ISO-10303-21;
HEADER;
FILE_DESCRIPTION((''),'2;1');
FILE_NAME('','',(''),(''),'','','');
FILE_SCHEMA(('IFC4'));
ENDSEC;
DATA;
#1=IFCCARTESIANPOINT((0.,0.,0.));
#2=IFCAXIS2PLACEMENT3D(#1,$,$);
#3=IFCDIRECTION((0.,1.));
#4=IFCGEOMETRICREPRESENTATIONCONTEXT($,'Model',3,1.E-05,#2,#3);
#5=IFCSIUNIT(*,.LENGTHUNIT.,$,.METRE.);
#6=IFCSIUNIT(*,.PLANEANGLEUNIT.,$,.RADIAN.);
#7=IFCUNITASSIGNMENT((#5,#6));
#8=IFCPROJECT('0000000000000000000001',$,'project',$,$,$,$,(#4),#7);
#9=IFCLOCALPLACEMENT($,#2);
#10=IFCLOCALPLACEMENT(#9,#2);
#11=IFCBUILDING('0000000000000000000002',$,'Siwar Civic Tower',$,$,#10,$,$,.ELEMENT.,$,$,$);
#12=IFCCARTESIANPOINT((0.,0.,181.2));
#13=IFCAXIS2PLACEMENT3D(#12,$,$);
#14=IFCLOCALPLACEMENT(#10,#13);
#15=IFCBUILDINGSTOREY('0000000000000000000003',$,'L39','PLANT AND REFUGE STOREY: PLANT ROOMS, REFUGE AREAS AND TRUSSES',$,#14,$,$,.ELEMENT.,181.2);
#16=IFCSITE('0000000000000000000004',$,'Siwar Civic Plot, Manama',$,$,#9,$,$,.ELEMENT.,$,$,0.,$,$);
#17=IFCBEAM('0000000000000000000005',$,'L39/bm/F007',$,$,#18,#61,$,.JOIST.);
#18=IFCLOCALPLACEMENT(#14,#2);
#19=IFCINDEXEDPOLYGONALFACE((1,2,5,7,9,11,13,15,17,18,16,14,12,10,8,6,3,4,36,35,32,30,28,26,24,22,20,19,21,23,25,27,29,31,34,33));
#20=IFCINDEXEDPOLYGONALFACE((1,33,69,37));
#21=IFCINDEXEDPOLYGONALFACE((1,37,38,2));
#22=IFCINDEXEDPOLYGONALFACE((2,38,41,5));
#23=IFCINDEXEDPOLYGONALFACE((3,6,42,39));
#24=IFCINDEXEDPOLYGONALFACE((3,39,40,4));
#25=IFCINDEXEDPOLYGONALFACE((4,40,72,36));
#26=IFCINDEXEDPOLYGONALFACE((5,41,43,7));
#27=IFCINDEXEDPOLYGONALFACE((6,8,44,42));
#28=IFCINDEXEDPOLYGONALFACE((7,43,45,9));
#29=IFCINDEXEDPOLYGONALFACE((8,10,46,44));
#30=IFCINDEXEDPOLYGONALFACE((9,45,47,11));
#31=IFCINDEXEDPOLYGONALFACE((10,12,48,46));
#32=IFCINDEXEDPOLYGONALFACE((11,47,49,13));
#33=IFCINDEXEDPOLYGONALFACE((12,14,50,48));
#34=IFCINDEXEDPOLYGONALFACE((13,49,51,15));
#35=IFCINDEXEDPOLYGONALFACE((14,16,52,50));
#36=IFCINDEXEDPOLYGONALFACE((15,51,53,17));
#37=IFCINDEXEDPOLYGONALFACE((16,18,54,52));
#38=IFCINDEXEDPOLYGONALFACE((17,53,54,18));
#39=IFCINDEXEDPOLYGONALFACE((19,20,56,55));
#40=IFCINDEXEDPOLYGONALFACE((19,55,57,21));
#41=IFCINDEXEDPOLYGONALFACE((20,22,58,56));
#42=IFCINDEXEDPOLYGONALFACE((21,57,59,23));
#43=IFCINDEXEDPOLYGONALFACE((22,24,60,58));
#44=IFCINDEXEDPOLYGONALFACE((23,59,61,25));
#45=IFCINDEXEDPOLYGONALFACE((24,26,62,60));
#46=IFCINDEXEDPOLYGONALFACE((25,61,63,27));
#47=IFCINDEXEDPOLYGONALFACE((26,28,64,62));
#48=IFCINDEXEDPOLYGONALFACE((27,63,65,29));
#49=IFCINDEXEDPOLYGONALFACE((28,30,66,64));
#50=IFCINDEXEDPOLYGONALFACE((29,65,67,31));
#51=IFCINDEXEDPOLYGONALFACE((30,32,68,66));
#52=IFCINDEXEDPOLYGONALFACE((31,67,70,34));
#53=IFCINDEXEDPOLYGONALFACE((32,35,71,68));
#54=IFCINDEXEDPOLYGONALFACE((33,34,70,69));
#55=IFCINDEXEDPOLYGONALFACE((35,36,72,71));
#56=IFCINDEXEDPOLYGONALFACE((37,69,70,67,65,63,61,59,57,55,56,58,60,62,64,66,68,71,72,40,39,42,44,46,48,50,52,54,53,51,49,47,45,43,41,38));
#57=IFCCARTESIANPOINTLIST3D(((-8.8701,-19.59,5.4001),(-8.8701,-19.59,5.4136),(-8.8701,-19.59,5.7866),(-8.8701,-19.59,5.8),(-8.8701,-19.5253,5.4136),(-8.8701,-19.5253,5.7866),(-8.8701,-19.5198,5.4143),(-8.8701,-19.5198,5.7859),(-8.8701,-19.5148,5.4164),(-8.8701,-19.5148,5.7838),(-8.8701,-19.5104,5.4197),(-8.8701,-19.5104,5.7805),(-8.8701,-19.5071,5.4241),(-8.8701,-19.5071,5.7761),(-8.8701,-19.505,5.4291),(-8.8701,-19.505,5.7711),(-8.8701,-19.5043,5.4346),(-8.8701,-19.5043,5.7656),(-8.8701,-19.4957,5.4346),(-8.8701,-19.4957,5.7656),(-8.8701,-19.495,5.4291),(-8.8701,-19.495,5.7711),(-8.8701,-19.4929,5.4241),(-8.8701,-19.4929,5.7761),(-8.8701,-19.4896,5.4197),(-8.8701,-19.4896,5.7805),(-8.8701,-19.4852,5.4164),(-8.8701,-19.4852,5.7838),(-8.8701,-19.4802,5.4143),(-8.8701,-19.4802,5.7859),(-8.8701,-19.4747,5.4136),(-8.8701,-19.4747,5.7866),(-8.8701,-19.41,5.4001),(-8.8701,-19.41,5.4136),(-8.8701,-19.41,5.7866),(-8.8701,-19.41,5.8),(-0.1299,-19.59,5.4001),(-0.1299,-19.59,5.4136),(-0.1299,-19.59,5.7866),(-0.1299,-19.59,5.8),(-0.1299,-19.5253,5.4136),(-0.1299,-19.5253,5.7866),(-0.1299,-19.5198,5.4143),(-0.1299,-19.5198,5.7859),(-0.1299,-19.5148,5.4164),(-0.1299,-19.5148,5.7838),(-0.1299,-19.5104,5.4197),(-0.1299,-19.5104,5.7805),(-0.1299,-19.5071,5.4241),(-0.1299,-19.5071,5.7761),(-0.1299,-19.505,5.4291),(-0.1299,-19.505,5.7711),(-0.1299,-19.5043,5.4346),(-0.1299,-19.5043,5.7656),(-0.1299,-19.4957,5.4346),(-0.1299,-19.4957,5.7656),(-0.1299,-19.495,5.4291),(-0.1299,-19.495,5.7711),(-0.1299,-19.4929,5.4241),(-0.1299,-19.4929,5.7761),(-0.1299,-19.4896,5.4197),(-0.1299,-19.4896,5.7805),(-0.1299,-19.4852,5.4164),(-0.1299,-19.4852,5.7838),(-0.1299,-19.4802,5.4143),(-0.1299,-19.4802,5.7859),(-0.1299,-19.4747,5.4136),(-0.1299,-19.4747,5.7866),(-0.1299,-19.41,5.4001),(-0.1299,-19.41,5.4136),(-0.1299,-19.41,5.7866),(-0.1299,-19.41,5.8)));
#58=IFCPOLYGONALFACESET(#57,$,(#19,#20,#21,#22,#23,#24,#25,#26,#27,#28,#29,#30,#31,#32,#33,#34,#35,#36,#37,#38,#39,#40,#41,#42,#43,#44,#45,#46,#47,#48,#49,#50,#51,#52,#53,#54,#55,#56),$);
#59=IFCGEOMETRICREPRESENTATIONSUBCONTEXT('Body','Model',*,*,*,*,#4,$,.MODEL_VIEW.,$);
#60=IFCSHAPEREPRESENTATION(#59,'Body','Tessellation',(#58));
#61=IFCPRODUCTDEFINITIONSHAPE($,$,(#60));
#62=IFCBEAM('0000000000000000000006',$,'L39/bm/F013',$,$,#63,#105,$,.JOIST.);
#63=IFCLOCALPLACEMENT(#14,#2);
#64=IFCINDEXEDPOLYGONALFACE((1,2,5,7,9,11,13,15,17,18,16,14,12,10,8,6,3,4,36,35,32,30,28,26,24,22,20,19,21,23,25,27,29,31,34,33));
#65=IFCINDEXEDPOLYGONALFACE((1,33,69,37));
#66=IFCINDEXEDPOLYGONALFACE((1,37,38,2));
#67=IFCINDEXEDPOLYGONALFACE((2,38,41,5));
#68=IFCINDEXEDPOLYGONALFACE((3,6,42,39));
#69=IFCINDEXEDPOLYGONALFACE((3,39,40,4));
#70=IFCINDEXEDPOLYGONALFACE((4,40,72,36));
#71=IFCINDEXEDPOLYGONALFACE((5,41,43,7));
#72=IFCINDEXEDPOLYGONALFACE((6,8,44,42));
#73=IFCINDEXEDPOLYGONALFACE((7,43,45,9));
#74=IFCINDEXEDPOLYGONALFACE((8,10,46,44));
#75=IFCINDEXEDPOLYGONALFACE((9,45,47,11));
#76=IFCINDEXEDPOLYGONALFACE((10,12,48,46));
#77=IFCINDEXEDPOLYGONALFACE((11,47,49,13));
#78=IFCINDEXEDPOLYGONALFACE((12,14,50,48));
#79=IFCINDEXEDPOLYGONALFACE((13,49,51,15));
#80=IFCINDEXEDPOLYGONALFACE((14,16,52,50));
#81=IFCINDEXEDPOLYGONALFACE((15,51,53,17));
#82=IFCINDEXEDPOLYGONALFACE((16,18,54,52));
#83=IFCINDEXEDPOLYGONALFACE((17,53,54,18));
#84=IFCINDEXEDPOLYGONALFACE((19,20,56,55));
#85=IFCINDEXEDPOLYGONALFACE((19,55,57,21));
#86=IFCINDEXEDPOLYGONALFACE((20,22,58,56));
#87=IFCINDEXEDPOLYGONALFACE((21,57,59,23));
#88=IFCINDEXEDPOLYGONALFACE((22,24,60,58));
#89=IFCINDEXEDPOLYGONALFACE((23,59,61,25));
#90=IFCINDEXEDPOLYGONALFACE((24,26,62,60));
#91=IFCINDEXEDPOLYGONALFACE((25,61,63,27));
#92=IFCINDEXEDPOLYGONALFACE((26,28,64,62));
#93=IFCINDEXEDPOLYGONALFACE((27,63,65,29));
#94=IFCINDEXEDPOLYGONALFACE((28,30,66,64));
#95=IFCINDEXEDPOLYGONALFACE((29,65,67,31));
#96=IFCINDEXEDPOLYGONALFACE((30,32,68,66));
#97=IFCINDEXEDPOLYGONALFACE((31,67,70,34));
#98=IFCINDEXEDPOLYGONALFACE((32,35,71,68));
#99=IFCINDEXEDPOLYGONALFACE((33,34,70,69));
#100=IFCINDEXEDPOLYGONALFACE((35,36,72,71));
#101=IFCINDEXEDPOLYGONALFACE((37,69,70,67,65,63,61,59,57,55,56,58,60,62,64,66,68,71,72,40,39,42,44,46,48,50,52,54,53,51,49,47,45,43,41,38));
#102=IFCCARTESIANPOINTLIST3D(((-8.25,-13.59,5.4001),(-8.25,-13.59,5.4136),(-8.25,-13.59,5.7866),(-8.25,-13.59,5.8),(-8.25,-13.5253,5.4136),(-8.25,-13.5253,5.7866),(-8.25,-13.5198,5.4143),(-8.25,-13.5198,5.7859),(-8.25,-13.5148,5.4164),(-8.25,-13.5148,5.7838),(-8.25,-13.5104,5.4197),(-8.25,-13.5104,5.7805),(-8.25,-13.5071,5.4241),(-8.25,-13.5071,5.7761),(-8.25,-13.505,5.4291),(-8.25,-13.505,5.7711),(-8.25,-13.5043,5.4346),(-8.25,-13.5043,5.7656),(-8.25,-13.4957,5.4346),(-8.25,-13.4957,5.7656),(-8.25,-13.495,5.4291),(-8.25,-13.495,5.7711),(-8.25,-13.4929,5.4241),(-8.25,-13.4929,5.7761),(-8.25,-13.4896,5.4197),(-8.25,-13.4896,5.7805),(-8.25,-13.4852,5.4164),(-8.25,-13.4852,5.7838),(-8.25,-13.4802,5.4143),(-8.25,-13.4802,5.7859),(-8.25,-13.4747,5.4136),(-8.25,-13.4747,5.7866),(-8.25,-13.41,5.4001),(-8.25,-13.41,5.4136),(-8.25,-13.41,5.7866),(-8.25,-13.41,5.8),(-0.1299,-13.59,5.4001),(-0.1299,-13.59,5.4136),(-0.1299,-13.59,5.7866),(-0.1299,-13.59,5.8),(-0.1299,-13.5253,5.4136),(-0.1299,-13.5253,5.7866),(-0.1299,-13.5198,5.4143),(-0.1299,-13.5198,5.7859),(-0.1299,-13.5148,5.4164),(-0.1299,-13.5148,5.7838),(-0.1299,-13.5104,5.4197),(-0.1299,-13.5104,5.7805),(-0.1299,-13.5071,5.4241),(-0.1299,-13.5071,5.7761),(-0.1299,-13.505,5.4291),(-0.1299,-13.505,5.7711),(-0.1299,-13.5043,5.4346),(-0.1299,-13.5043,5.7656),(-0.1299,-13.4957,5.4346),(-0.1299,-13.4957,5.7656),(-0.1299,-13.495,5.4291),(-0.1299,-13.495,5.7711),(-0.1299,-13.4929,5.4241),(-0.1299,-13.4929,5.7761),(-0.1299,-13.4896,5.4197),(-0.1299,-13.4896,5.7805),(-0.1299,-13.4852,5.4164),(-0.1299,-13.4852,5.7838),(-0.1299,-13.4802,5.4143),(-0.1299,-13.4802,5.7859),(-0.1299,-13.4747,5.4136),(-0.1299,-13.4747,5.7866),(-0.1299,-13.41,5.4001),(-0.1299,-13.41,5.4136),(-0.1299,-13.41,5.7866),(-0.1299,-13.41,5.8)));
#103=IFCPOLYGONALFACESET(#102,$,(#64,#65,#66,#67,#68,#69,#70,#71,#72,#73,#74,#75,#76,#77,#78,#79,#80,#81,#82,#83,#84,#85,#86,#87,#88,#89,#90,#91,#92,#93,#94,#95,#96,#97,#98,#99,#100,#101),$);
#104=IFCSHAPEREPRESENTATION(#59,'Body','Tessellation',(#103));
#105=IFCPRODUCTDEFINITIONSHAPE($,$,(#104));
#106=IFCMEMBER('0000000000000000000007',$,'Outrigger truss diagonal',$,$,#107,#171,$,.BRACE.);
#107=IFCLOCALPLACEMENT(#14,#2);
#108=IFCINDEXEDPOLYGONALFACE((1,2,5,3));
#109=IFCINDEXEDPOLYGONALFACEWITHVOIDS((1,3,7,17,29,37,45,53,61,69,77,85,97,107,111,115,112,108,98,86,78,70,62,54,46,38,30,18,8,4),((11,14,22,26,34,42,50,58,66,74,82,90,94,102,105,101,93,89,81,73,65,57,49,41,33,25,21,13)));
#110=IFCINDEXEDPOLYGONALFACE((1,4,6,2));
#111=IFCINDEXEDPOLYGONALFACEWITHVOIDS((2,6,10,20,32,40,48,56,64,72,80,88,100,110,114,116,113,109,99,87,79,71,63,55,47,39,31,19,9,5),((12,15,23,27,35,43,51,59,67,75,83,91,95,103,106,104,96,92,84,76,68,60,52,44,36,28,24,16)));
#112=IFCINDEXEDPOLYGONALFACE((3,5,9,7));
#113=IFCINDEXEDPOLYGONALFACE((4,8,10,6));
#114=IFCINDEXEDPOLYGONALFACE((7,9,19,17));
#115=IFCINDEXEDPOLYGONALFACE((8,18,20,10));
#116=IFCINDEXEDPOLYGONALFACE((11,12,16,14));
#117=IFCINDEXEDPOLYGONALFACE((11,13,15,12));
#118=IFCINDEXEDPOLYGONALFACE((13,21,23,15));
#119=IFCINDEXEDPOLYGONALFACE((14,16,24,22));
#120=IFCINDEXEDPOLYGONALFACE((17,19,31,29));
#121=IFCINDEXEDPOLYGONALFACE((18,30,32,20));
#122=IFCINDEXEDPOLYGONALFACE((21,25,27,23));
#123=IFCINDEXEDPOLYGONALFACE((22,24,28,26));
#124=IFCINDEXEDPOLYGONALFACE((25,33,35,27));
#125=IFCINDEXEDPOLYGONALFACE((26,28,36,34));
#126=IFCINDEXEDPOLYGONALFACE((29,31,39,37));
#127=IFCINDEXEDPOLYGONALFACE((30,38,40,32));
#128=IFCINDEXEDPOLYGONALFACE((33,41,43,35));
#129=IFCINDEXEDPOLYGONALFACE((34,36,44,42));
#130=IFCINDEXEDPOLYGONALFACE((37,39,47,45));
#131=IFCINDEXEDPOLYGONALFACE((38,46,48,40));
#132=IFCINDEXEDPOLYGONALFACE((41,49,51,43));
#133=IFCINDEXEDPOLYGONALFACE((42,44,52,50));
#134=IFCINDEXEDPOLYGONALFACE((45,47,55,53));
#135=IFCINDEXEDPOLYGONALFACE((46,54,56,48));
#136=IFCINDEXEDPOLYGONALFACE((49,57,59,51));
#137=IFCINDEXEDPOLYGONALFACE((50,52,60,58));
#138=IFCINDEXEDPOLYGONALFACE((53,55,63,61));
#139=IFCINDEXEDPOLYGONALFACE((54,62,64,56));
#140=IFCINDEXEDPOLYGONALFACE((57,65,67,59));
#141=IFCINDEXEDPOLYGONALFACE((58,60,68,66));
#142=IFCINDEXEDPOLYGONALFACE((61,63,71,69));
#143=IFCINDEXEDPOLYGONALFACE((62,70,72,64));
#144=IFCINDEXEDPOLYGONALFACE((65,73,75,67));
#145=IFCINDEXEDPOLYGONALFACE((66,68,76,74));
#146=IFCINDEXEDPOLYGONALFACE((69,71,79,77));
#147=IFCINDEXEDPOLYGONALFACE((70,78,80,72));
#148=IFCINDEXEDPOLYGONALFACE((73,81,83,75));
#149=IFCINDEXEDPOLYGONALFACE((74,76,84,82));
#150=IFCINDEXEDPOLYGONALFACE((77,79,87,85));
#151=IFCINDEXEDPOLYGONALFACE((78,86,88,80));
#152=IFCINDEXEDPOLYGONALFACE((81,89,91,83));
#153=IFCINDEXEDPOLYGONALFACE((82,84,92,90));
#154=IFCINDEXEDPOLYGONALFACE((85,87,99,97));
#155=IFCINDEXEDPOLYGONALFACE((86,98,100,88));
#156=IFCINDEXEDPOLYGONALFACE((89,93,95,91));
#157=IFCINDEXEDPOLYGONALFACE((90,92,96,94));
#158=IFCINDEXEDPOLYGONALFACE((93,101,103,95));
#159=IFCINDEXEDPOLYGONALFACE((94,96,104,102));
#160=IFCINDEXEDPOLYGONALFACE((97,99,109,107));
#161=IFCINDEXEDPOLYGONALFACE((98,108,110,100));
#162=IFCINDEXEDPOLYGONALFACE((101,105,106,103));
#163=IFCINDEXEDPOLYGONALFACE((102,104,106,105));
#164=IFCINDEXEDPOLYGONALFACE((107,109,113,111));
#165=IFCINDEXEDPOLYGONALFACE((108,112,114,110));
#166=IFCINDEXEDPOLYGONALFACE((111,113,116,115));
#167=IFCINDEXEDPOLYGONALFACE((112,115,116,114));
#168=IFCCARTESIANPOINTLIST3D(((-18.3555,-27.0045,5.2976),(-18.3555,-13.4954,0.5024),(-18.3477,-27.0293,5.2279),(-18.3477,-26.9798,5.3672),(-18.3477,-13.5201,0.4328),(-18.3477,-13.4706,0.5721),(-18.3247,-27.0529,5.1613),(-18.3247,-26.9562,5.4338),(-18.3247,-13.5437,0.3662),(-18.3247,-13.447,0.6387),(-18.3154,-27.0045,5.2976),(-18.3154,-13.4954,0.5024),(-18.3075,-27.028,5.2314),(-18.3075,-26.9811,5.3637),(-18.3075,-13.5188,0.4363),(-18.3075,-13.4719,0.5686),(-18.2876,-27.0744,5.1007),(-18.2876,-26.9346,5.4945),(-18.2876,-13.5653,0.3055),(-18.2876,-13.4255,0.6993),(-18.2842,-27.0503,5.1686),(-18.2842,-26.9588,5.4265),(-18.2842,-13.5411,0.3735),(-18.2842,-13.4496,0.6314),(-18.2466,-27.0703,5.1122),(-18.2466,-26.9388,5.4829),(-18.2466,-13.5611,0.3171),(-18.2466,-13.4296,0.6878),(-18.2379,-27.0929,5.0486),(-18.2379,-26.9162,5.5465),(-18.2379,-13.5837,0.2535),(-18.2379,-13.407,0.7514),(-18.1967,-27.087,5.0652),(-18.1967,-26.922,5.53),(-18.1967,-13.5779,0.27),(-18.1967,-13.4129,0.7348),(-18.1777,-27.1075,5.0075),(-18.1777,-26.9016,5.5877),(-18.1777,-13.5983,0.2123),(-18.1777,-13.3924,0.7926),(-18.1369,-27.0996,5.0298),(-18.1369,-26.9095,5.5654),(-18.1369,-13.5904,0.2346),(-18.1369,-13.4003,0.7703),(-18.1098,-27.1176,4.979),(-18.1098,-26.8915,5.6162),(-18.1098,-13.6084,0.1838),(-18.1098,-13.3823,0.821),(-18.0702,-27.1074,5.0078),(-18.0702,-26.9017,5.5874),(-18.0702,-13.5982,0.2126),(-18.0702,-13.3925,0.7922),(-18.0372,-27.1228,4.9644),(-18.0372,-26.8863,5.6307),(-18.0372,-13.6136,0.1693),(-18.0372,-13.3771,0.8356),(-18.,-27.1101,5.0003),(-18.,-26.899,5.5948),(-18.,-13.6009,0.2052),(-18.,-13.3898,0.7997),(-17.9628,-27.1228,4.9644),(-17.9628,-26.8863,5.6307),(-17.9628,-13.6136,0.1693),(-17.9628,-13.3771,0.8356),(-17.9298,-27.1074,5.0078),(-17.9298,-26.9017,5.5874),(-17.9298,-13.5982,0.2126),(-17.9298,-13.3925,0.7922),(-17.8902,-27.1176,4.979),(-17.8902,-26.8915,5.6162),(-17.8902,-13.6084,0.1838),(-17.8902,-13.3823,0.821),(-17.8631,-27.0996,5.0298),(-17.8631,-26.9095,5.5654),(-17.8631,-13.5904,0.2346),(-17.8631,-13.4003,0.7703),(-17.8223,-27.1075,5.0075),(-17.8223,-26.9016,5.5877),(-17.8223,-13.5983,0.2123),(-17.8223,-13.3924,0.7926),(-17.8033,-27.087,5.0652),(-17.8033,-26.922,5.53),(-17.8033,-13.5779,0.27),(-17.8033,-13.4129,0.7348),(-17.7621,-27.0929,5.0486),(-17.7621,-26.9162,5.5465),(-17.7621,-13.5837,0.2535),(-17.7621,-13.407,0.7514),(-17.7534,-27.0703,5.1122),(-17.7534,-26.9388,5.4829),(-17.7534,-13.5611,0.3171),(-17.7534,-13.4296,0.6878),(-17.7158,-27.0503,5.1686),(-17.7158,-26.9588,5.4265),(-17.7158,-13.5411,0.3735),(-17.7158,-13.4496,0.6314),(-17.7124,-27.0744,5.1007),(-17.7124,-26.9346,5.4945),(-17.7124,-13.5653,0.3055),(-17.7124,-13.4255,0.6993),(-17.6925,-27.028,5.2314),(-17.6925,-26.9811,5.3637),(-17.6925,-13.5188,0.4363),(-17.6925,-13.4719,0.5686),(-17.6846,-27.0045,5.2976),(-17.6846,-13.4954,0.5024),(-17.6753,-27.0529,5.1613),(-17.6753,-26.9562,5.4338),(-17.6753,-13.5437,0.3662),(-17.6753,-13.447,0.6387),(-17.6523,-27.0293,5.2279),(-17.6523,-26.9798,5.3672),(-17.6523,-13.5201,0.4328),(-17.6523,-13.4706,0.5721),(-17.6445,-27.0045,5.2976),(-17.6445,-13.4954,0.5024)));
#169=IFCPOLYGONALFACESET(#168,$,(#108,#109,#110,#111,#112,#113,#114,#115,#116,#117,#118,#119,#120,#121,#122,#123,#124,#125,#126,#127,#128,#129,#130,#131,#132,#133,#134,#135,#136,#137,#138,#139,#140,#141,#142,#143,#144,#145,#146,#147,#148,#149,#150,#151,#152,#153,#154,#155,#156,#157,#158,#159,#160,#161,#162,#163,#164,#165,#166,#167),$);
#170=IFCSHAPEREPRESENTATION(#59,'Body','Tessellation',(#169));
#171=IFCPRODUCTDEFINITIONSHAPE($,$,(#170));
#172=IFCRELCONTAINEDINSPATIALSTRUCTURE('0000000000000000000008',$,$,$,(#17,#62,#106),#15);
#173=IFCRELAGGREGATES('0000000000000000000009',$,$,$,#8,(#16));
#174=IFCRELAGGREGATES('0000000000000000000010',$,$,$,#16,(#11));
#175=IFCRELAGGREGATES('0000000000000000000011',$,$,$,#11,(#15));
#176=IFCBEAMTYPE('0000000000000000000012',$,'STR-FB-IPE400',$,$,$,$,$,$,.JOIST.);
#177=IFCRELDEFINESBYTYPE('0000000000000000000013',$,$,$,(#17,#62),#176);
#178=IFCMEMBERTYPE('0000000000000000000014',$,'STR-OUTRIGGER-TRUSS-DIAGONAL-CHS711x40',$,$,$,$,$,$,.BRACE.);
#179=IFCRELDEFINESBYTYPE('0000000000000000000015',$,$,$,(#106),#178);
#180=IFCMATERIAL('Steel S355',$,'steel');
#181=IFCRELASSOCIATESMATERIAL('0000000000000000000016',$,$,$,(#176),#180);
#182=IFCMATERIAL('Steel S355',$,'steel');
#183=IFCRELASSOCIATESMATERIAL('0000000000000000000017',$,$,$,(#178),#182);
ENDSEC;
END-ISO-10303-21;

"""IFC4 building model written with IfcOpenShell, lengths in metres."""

from ifc_helpers import new_model, si_unit, direction, frame, origin, origin_2d, place, context, subcontext, project, spatial, hollow_circle, i_section, extrude, material, material_profile, profile_set, type_object, element, save


model = new_model("IFC4")

# Units and contexts
model_context = context("Model", 3, precision=1e-05, world=origin(), true_north=direction((0.0, 1.0)))
body_context = subcontext(model_context, "Body", "Model", "MODEL_VIEW")
ifc_project = project(units=[si_unit("LENGTHUNIT", "METRE"), si_unit("PLANEANGLEUNIT", "RADIAN")], contexts=[model_context])

# Site, building, storey
site_placement = place(None, origin())
site = spatial("IfcSite", under=ifc_project, at=site_placement, Name="Siwar Civic Plot, Manama", CompositionType="ELEMENT", RefElevation=0.0)
building_placement = place(site_placement, origin())
building = spatial("IfcBuilding", under=site, at=building_placement, Name="Siwar Civic Tower", CompositionType="ELEMENT")
storey_placement = place(building_placement, frame((0.0, 0.0, 181.2)))
storey = spatial("IfcBuildingStorey", under=building, at=storey_placement, Name="L39", Description="PLANT AND REFUGE STOREY: PLANT ROOMS, REFUGE AREAS AND TRUSSES", CompositionType="ELEMENT", Elevation=181.2)

# Beams
ifc_material_1 = material(Name="Steel S355", Category="steel")
ifc_material_profile_1 = material_profile(ifc_material_1, i_section(OverallWidth=0.1799, OverallDepth=0.3999, WebThickness=0.0085, FlangeThickness=0.0134, FilletRadius=0.021, at=origin_2d()), Name="IPE400")
ifc_profile_set_1 = profile_set([ifc_material_profile_1], Name="Steel S355")
beam_type_1 = type_object("IfcBeamType", Name="STR-FB-IPE400", PredefinedType="JOIST", material=ifc_profile_set_1)
for number, where, z_axis, x_axis, name in (
    (1, (-8.8701, -19.5, 5.6001), (1.0, 0.0, 0.0), (0.0, 1.0, 0.0), "L39/bm/F007"),
):
    element("IfcBeam", number, at=place(storey_placement, frame(where, z_axis=z_axis, x_axis=x_axis)), inside=storey, type_object=beam_type_1, Name=name, PredefinedType="JOIST", context=body_context, shape_type="SweptSolid", body=[
        extrude(i_section(OverallWidth=0.1799, OverallDepth=0.3999, WebThickness=0.0085, FlangeThickness=0.0134, FilletRadius=0.021, at=origin_2d()), origin(), (0.0, 0.0, 1.0), 8.7402),
    ])
beam_1_placement = place(storey_placement, frame((-8.25, -13.5, 5.6001), z_axis=(1.0, 0.0, 0.0), x_axis=(0.0, 1.0, 0.0)))
element("IfcBeam", 2, at=beam_1_placement, inside=storey, type_object=beam_type_1, Name="L39/bm/F013", PredefinedType="JOIST", context=body_context, shape_type="SweptSolid", body=[
    extrude(i_section(OverallWidth=0.1799, OverallDepth=0.3999, WebThickness=0.0085, FlangeThickness=0.0134, FilletRadius=0.021, at=origin_2d()), origin(), (0.0, 0.0, 1.0), 8.1201),
])

# Member
ifc_material_2 = material(Name="Steel S355", Category="steel")
ifc_material_profile_2 = material_profile(ifc_material_2, hollow_circle(Radius=0.3555, WallThickness=0.04, at=origin_2d()), Name="CHS711x40")
ifc_profile_set_2 = profile_set([ifc_material_profile_2], Name="Steel S355")
member_type_1 = type_object("IfcMemberType", Name="STR-OUTRIGGER-TRUSS-DIAGONAL-CHS711x40", PredefinedType="BRACE", material=ifc_profile_set_2)
member_1_placement = place(storey_placement, frame((-18.0, -13.4954, 0.5024), z_axis=(0.0, -0.942394, 0.334506), x_axis=(1.0, 0.0, 0.0)))
element("IfcMember", 3, at=member_1_placement, inside=storey, type_object=member_type_1, Name="Outrigger truss diagonal", PredefinedType="BRACE", context=body_context, shape_type="SweptSolid", body=[
    extrude(hollow_circle(Radius=0.3555, WallThickness=0.04, at=origin_2d()), origin(), (0.0, 0.0, 1.0), 14.335),
])

save(model, "model.ifc")
